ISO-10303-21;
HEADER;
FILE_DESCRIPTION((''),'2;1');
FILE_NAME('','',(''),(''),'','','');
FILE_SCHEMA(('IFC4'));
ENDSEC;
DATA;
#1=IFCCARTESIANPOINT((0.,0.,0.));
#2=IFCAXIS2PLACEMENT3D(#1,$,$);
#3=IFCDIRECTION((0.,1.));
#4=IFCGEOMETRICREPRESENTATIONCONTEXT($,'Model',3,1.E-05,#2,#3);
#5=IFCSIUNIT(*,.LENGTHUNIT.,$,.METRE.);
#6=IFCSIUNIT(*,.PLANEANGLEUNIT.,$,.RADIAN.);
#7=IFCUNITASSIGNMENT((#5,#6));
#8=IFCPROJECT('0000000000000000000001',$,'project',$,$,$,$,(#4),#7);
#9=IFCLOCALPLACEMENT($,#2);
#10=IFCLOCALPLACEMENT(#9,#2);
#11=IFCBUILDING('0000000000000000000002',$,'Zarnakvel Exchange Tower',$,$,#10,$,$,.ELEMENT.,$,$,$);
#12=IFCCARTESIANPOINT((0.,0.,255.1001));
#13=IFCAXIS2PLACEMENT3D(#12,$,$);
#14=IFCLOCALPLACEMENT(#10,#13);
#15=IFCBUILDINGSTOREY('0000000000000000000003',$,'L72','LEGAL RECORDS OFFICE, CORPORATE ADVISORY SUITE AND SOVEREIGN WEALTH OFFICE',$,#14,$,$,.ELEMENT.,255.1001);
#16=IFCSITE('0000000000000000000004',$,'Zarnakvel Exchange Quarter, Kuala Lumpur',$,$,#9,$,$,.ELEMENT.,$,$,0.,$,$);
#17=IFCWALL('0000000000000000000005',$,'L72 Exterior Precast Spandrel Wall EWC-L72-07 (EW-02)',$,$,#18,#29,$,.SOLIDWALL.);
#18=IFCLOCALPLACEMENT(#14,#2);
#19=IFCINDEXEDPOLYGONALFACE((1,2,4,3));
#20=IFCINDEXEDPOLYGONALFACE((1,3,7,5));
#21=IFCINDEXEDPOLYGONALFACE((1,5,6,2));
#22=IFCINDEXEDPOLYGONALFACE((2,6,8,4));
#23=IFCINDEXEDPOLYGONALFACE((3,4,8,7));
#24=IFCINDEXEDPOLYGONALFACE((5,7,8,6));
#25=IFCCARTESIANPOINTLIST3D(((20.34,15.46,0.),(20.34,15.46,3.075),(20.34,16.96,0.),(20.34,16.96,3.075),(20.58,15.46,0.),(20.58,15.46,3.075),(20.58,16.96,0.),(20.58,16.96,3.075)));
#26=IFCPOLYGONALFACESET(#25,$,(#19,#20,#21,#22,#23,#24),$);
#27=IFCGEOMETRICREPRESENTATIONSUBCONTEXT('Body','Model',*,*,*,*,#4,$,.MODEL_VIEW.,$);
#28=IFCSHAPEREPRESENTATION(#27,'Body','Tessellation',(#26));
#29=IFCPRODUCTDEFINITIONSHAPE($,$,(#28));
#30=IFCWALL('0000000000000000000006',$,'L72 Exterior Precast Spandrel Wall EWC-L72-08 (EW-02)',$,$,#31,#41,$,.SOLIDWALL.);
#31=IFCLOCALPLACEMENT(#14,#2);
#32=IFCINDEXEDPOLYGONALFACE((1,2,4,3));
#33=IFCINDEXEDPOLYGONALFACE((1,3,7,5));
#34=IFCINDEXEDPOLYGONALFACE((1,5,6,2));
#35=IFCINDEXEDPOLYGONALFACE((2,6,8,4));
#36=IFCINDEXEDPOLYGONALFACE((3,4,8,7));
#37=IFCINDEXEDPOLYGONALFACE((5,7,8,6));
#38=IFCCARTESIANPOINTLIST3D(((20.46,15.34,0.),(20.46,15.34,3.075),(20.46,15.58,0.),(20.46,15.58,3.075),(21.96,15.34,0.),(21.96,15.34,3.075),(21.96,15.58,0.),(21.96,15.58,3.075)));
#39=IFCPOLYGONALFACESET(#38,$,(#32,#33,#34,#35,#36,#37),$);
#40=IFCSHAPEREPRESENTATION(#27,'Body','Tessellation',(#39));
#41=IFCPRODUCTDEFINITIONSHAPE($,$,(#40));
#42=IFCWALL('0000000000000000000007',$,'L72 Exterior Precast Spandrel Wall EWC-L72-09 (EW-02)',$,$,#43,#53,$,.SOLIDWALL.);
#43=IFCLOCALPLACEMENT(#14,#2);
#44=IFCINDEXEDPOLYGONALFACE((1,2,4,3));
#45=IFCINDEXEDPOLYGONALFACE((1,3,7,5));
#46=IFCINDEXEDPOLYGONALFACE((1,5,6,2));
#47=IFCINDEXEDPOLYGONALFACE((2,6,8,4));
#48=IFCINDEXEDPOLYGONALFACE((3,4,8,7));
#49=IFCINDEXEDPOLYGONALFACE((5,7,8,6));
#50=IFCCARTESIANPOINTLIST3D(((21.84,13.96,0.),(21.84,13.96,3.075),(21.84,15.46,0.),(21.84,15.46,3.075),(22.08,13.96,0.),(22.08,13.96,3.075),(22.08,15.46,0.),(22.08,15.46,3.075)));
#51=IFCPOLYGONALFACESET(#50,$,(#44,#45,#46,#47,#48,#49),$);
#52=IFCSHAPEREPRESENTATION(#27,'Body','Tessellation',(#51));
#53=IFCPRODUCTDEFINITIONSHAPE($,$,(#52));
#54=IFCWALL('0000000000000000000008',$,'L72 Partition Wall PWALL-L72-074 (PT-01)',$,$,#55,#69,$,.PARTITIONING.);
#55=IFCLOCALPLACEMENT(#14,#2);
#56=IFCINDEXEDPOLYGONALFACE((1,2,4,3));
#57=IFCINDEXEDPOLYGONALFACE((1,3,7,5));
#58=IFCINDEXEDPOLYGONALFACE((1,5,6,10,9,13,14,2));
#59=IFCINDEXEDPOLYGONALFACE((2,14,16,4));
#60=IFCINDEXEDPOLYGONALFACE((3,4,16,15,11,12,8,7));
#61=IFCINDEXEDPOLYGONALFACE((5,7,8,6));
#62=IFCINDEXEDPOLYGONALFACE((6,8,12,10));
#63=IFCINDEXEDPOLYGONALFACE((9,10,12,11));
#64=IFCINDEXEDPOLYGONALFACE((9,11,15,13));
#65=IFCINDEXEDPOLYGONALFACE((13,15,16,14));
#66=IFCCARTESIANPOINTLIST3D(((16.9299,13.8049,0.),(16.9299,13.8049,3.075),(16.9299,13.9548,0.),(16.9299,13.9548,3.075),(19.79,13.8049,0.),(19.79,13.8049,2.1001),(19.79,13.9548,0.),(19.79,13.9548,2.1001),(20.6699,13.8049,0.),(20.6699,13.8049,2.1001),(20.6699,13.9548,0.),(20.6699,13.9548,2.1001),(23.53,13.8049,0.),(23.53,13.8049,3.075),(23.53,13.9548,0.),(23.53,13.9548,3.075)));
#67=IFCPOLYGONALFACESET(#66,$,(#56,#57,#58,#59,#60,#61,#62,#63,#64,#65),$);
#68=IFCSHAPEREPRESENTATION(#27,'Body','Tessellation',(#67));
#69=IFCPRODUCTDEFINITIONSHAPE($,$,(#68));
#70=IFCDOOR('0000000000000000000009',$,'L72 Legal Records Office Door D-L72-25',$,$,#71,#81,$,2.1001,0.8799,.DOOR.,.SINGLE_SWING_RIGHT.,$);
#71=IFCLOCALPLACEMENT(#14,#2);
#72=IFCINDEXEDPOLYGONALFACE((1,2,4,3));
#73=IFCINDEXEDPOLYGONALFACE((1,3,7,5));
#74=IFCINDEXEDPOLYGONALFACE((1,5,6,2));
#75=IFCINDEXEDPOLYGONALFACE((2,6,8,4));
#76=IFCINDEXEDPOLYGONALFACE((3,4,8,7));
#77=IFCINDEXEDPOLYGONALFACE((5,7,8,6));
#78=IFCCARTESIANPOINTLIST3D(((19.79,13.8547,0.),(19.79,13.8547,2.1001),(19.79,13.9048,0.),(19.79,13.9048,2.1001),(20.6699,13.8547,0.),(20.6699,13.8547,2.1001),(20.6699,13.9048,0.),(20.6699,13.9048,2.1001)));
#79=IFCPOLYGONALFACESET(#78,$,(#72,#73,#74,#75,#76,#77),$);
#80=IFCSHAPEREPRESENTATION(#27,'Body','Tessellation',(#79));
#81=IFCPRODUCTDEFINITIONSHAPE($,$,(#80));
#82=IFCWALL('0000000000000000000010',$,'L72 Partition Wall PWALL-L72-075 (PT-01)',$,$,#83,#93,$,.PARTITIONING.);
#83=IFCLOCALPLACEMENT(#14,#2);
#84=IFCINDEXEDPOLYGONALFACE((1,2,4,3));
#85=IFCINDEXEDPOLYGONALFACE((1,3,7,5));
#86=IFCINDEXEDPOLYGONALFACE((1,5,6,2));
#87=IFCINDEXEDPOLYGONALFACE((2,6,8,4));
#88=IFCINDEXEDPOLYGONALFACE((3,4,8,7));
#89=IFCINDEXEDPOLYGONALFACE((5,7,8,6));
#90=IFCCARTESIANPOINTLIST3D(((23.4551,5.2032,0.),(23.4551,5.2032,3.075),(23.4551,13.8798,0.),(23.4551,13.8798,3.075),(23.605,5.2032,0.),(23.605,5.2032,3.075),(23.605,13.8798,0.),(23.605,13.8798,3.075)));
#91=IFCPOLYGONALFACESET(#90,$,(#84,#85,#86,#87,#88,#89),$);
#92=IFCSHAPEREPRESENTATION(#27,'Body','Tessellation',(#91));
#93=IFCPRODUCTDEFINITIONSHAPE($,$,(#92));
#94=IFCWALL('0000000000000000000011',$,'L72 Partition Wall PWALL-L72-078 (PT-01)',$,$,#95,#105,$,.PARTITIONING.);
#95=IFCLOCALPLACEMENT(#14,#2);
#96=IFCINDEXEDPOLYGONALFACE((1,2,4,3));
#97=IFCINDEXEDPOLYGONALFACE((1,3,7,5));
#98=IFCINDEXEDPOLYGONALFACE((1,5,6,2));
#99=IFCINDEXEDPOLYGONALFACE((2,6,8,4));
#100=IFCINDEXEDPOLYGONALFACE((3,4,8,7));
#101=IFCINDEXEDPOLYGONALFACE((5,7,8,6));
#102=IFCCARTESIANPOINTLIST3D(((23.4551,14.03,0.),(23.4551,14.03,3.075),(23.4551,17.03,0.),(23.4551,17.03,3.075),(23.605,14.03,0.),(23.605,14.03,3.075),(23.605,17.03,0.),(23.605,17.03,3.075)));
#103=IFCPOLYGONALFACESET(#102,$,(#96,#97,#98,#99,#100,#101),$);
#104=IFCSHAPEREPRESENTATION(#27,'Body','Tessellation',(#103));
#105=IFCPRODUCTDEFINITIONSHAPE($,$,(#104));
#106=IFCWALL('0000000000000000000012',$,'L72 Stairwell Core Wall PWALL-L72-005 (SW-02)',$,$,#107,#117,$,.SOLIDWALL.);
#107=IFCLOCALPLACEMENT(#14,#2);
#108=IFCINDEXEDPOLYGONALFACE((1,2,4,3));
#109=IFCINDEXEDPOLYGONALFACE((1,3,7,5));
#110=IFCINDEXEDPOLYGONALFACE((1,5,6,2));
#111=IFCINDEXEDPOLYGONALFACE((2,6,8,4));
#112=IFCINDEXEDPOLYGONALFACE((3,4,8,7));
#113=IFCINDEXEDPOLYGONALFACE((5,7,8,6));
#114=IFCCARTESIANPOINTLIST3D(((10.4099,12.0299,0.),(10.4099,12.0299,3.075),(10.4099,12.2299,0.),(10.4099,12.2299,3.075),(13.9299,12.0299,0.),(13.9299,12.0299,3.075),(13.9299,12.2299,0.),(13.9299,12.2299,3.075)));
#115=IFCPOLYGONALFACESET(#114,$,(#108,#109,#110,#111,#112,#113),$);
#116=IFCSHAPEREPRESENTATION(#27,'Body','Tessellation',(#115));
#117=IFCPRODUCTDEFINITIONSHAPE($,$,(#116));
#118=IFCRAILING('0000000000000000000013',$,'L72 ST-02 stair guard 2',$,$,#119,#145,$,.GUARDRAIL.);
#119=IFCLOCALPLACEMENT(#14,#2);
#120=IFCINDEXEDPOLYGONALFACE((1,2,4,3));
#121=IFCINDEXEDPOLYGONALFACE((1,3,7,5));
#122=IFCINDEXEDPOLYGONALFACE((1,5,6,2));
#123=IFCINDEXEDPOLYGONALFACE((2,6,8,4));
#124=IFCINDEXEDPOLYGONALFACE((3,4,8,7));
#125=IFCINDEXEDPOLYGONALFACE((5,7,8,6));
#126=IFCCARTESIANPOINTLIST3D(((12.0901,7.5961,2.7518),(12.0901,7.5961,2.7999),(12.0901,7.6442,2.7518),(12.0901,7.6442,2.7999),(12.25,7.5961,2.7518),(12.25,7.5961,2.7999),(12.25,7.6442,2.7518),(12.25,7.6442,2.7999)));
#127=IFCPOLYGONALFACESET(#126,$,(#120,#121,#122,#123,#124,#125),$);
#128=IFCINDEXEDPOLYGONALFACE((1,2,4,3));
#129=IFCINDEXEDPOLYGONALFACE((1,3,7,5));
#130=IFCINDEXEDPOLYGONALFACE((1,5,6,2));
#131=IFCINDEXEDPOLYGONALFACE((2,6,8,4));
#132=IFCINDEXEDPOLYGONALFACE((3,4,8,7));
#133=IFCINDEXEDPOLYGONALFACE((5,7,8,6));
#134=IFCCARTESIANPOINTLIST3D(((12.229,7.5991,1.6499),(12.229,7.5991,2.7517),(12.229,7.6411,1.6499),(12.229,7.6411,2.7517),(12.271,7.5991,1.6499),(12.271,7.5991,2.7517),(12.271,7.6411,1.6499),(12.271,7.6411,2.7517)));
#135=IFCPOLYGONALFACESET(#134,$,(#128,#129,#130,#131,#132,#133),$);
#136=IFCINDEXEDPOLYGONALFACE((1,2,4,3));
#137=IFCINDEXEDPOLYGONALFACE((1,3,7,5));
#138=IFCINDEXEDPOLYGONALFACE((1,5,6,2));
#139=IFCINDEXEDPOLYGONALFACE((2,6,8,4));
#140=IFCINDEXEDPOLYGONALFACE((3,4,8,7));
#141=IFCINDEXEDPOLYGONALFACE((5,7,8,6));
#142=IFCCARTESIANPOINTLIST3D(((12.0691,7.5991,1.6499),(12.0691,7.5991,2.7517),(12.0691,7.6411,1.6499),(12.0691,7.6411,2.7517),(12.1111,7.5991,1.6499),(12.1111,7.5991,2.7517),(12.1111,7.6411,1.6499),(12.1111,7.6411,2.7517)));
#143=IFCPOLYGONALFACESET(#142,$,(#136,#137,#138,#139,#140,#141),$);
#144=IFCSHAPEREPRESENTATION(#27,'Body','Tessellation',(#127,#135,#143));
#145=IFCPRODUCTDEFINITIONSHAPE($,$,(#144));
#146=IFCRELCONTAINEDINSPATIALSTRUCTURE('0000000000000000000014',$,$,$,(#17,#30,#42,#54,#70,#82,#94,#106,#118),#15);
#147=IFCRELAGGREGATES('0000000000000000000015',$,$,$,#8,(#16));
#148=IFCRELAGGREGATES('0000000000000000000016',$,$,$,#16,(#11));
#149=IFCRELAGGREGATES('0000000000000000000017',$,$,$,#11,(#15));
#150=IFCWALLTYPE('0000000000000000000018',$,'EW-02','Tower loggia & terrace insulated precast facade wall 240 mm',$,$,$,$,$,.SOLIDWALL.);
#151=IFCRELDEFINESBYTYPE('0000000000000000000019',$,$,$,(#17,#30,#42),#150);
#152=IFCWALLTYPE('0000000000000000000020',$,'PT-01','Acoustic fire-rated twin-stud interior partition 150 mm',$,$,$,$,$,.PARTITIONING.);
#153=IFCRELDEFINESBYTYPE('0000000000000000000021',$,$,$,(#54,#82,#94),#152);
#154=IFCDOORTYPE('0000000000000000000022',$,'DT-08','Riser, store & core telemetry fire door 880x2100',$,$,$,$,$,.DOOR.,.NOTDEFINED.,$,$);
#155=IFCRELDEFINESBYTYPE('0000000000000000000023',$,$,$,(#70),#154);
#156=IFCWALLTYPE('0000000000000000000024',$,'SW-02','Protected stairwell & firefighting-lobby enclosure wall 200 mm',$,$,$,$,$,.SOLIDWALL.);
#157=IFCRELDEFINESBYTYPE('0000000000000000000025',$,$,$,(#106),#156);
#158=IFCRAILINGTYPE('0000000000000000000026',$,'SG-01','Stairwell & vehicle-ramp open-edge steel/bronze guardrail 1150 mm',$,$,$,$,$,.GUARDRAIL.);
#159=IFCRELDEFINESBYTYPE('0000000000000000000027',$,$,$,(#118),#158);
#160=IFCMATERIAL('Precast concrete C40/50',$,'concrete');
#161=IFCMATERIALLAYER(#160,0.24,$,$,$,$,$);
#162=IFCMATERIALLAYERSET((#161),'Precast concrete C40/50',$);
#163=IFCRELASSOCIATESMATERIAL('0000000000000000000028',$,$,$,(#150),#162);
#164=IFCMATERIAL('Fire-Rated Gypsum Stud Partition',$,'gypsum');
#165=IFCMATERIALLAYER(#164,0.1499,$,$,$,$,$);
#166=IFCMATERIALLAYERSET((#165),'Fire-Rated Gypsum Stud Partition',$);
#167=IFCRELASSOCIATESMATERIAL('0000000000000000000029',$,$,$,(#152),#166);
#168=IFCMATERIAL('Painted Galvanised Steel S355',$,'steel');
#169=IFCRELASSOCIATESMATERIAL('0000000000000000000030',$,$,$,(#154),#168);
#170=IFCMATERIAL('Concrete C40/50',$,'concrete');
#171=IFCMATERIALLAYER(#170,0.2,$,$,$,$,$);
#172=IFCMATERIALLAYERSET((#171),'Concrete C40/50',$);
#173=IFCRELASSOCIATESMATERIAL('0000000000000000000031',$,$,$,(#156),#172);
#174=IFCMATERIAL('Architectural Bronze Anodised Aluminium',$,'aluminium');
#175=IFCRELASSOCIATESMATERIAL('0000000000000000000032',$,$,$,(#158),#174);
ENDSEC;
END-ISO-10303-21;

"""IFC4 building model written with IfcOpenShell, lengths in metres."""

from ifc_helpers import new_model, si_unit, direction, frame, frame_2d, origin, origin_2d, place, context, subcontext, project, spatial, rectangle, extrude, source, transform, mapped, material, layer, layer_set, type_object, element, fill, save


model = new_model("IFC4")

# Units and contexts
model_context = context("Model", 3, precision=1e-05, world=origin(), true_north=direction((0.0, 1.0)))
body_context = subcontext(model_context, "Body", "Model", "MODEL_VIEW")
ifc_project = project(units=[si_unit("LENGTHUNIT", "METRE"), si_unit("PLANEANGLEUNIT", "RADIAN")], contexts=[model_context])

# Site, building, storey
site_placement = place(None, origin())
site = spatial("IfcSite", under=ifc_project, at=site_placement, Name="Zarnakvel Exchange Quarter, Kuala Lumpur", CompositionType="ELEMENT", RefElevation=0.0)
building_placement = place(site_placement, origin())
building = spatial("IfcBuilding", under=site, at=building_placement, Name="Zarnakvel Exchange Tower", CompositionType="ELEMENT")
storey_placement = place(building_placement, frame((0.0, 0.0, 255.1001)))
storey = spatial("IfcBuildingStorey", under=building, at=storey_placement, Name="L72", Description="LEGAL RECORDS OFFICE, CORPORATE ADVISORY SUITE AND SOVEREIGN WEALTH OFFICE", CompositionType="ELEMENT", Elevation=255.1001)

# Shared definitions
ifc_material_1 = material(Name="Architectural Bronze Anodised Aluminium", Category="aluminium")

# Walls
ifc_material_2 = material(Name="Precast concrete C40/50", Category="concrete")
ifc_layer_1 = layer(ifc_material_2, 0.24)
ifc_layer_set_1 = layer_set([ifc_layer_1], Name="Precast concrete C40/50")
wall_type_1 = type_object("IfcWallType", Name="EW-02", Description="Tower loggia & terrace insulated precast facade wall 240 mm", PredefinedType="SOLIDWALL", material=ifc_layer_set_1)
for number, where, z_axis, x_axis, name in (
    (1, (20.46, 15.46, 0.0), (0.0, 0.0, 1.0), (0.0, 1.0, 0.0), "L72 Exterior Precast Spandrel Wall EWC-L72-07 (EW-02)"),
    (2, (21.96, 15.46, 0.0), (0.0, 0.0, 1.0), (-1.0, 0.0, 0.0), "L72 Exterior Precast Spandrel Wall EWC-L72-08 (EW-02)"),
    (3, (21.96, 13.96, 0.0), (0.0, 0.0, 1.0), (0.0, 1.0, 0.0), "L72 Exterior Precast Spandrel Wall EWC-L72-09 (EW-02)"),
):
    element("IfcWall", number, at=place(storey_placement, frame(where, z_axis=z_axis, x_axis=x_axis)), inside=storey, type_object=wall_type_1, Name=name, PredefinedType="SOLIDWALL", context=body_context, shape_type="SweptSolid", body=[
        extrude(rectangle(XDim=1.5, YDim=0.24, at=frame_2d((0.75, 0.0))), origin(), (0.0, 0.0, 1.0), 3.075),
    ])

# Wall, opening, door
ifc_material_3 = material(Name="Fire-Rated Gypsum Stud Partition", Category="gypsum")
ifc_layer_2 = layer(ifc_material_3, 0.1499)
ifc_layer_set_2 = layer_set([ifc_layer_2], Name="Fire-Rated Gypsum Stud Partition")
wall_type_2 = type_object("IfcWallType", Name="PT-01", Description="Acoustic fire-rated twin-stud interior partition 150 mm", PredefinedType="PARTITIONING", material=ifc_layer_set_2)
wall_1_placement = place(storey_placement, frame((16.9299, 13.8799, 0.0), z_axis=(0.0, 0.0, 1.0), x_axis=(1.0, 0.0, 0.0)))
wall_1 = element("IfcWall", 4, at=wall_1_placement, inside=storey, type_object=wall_type_2, Name="L72 Partition Wall PWALL-L72-074 (PT-01)", PredefinedType="PARTITIONING", context=body_context, shape_type="SweptSolid", body=[
    extrude(rectangle(XDim=6.6001, YDim=0.1499, at=frame_2d((3.3, 0.0))), origin(), (0.0, 0.0, 1.0), 3.075),
])
opening_placement = place(wall_1_placement, frame((2.8601, 0.0, 0.0)))
opening = element("IfcOpeningElement", 5, at=opening_placement, cuts=wall_1, PredefinedType="OPENING", context=body_context, shape_type="SweptSolid", body=[
    extrude(rectangle(XDim=0.8799, YDim=2.1001, at=frame_2d((0.4399, 1.05))), frame((0.0, 0.085, 0.0), z_axis=(0.0, -1.0, 0.0), x_axis=(1.0, 0.0, 0.0)), (0.0, 0.0, 1.0), 0.1699),
])
ifc_material_4 = material(Name="Painted Galvanised Steel S355", Category="steel")
door_type = type_object("IfcDoorType", Name="DT-08", Description="Riser, store & core telemetry fire door 880x2100", OperationType="NOTDEFINED", PredefinedType="DOOR", material=ifc_material_4)
shared_shape_1 = source(origin(), body_context, "Body", "SweptSolid", [
    extrude(rectangle(XDim=0.8799, YDim=2.1001, at=frame_2d((0.4399, 1.05))), frame((0.0, 0.0249, 0.0), z_axis=(0.0, -1.0, 0.0), x_axis=(1.0, 0.0, 0.0)), (0.0, 0.0, 1.0), 0.05),
])
door_placement = place(opening_placement, origin())
door = element("IfcDoor", 6, at=door_placement, inside=storey, type_object=door_type, Name="L72 Legal Records Office Door D-L72-25", OperationType="SINGLE_SWING_RIGHT", OverallHeight=2.1001, OverallWidth=0.8799, PredefinedType="DOOR", context=body_context, shape_type="MappedRepresentation", body=[
    mapped(shared_shape_1, transform((0.0, 0.0, 0.0), x_axis=(1.0, 0.0, 0.0), y_axis=(0.0, 1.0, 0.0), z_axis=(0.0, 0.0, 1.0), scale=1.0)),
])
fill(opening, door)

# Walls
wall_2_placement = place(storey_placement, frame((23.53, 13.8799, 0.0), z_axis=(0.0, 0.0, 1.0), x_axis=(0.0, -1.0, 0.0)))
element("IfcWall", 7, at=wall_2_placement, inside=storey, type_object=wall_type_2, Name="L72 Partition Wall PWALL-L72-075 (PT-01)", PredefinedType="PARTITIONING", context=body_context, shape_type="SweptSolid", body=[
    extrude(rectangle(XDim=8.6765, YDim=0.1499, at=frame_2d((4.3384, 0.0))), origin(), (0.0, 0.0, 1.0), 3.075),
])
wall_3_placement = place(storey_placement, frame((23.53, 17.03, 0.0), z_axis=(0.0, 0.0, 1.0), x_axis=(0.0, -1.0, 0.0)))
element("IfcWall", 8, at=wall_3_placement, inside=storey, type_object=wall_type_2, Name="L72 Partition Wall PWALL-L72-078 (PT-01)", PredefinedType="PARTITIONING", context=body_context, shape_type="SweptSolid", body=[
    extrude(rectangle(XDim=3.0, YDim=0.1499, at=frame_2d((1.5, 0.0))), origin(), (0.0, 0.0, 1.0), 3.075),
])
ifc_material_5 = material(Name="Concrete C40/50", Category="concrete")
ifc_layer_3 = layer(ifc_material_5, 0.2)
ifc_layer_set_3 = layer_set([ifc_layer_3], Name="Concrete C40/50")
wall_type_3 = type_object("IfcWallType", Name="SW-02", Description="Protected stairwell & firefighting-lobby enclosure wall 200 mm", PredefinedType="SOLIDWALL", material=ifc_layer_set_3)
wall_4_placement = place(storey_placement, frame((10.4099, 12.1299, 0.0), z_axis=(0.0, 0.0, 1.0), x_axis=(1.0, 0.0, 0.0)))
element("IfcWall", 9, at=wall_4_placement, inside=storey, type_object=wall_type_3, Name="L72 Stairwell Core Wall PWALL-L72-005 (SW-02)", PredefinedType="SOLIDWALL", context=body_context, shape_type="SweptSolid", body=[
    extrude(rectangle(XDim=3.52, YDim=0.2, at=frame_2d((1.76, 0.0))), origin(), (0.0, 0.0, 1.0), 3.075),
])

# Railing
railing_type = type_object("IfcRailingType", Name="SG-01", Description="Stairwell & vehicle-ramp open-edge steel/bronze guardrail 1150 mm", PredefinedType="GUARDRAIL", material=ifc_material_1)
railing_placement = place(storey_placement, frame((12.25, 7.6201, 1.6499)))
element("IfcRailing", 10, at=railing_placement, inside=storey, type_object=railing_type, Name="L72 ST-02 stair guard 2", PredefinedType="GUARDRAIL", context=body_context, shape_type="SweptSolid", body=[
    extrude(rectangle(XDim=0.0481, YDim=0.0481, at=origin_2d()), frame((0.0, 0.0, 1.126), z_axis=(-1.0, 0.0, 0.0), x_axis=(0.0, -1.0, 0.0)), (0.0, 0.0, 1.0), 0.1599),
    extrude(rectangle(XDim=0.042, YDim=0.042, at=origin_2d()), origin(), (0.0, 0.0, 1.0), 1.1018),
    extrude(rectangle(XDim=0.042, YDim=0.042, at=origin_2d()), frame((-0.1599, 0.0, 0.0)), (0.0, 0.0, 1.0), 1.1018),
])

save(model, "model.ifc")
